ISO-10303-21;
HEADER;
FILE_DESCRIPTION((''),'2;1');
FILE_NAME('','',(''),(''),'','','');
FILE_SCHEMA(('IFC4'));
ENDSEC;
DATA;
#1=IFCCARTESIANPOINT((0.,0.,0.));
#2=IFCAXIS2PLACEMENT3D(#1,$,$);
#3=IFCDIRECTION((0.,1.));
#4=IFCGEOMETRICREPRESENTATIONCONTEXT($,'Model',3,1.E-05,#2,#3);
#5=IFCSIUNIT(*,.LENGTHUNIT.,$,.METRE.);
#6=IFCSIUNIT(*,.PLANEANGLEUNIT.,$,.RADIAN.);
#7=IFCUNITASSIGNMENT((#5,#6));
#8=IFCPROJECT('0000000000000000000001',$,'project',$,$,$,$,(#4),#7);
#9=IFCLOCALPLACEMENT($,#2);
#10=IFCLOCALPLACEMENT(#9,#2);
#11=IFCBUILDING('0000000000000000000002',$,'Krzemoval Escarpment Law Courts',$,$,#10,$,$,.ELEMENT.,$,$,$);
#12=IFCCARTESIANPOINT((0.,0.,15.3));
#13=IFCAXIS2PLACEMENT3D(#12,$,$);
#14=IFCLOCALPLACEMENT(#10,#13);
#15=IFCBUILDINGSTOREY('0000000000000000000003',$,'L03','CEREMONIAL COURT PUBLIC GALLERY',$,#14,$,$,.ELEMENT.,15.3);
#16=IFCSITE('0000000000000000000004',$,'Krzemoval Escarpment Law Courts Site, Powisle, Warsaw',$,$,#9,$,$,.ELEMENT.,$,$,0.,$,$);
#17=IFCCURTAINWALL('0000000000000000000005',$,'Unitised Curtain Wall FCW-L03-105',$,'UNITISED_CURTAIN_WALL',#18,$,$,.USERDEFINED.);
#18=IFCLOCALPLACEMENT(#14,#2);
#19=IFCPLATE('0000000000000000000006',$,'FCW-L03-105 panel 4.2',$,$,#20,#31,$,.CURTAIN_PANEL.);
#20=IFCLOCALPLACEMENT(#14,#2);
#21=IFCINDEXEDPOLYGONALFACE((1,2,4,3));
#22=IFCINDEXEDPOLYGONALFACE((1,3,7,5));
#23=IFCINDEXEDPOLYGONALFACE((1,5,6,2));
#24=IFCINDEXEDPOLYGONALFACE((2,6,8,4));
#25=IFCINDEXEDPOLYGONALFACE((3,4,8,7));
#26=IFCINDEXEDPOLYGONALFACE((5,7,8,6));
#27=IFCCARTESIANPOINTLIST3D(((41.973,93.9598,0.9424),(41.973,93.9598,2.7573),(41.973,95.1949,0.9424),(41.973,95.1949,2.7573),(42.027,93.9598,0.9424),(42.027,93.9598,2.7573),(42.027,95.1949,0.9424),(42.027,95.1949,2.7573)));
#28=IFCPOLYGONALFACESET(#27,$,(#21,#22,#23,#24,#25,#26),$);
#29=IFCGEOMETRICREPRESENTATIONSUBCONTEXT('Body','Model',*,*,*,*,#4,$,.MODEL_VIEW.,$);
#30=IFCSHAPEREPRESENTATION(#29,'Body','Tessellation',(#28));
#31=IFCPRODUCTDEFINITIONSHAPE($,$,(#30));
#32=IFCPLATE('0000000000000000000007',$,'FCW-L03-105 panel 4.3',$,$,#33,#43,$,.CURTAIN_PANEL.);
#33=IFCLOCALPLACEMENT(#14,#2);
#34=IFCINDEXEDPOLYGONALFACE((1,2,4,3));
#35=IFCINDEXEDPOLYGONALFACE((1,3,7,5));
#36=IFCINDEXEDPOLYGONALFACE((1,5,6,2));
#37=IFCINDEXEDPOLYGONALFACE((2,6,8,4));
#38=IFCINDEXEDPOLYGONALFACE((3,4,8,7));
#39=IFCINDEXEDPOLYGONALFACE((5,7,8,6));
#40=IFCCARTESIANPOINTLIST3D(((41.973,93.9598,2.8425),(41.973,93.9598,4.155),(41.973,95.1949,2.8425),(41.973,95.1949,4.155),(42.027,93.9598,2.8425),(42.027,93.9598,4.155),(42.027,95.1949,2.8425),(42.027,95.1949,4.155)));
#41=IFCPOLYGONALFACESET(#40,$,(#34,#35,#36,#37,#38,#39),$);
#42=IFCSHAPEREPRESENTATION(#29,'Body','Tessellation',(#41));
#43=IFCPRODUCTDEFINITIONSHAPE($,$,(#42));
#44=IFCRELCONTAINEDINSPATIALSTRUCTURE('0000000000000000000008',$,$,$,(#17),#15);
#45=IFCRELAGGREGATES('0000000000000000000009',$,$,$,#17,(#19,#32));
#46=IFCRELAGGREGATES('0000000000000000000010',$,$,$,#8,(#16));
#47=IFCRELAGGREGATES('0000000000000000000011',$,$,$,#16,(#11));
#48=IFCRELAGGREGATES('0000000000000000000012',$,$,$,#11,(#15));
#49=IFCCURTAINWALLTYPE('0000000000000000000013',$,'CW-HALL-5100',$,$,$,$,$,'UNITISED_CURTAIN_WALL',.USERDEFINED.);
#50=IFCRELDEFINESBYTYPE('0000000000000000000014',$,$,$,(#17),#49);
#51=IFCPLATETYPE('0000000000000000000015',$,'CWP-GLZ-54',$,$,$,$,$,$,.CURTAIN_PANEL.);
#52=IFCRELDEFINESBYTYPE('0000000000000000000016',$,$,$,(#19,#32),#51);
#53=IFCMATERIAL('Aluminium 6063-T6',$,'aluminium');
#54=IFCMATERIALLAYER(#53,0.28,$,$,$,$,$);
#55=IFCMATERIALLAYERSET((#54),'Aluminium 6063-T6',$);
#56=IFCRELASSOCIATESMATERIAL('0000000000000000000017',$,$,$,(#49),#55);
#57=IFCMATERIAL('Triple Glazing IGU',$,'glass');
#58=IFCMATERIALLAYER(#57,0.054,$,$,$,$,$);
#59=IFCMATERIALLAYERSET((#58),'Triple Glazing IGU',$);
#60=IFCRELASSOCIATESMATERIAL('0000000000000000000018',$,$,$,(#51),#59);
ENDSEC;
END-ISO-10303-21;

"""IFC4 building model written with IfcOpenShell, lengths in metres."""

from ifc_helpers import new_model, si_unit, direction, frame, origin, origin_2d, place, context, subcontext, project, spatial, rectangle, extrude, material, layer, layer_set, type_object, element, aggregate, save


model = new_model("IFC4")

# Units and contexts
model_context = context("Model", 3, precision=1e-05, world=origin(), true_north=direction((0.0, 1.0)))
body_context = subcontext(model_context, "Body", "Model", "MODEL_VIEW")
ifc_project = project(units=[si_unit("LENGTHUNIT", "METRE"), si_unit("PLANEANGLEUNIT", "RADIAN")], contexts=[model_context])

# Site, building, storey
site_placement = place(None, origin())
site = spatial("IfcSite", under=ifc_project, at=site_placement, Name="Krzemoval Escarpment Law Courts Site, Powisle, Warsaw", CompositionType="ELEMENT", RefElevation=0.0)
building_placement = place(site_placement, origin())
building = spatial("IfcBuilding", under=site, at=building_placement, Name="Krzemoval Escarpment Law Courts", CompositionType="ELEMENT")
storey_placement = place(building_placement, frame((0.0, 0.0, 15.3)))
storey = spatial("IfcBuildingStorey", under=building, at=storey_placement, Name="L03", Description="CEREMONIAL COURT PUBLIC GALLERY", CompositionType="ELEMENT", Elevation=15.3)

# Curtain wall
ifc_material_1 = material(Name="Aluminium 6063-T6", Category="aluminium")
ifc_layer_1 = layer(ifc_material_1, 0.28)
ifc_layer_set_1 = layer_set([ifc_layer_1], Name="Aluminium 6063-T6")
curtain_wall_type = type_object("IfcCurtainWallType", Name="CW-HALL-5100", ElementType="UNITISED_CURTAIN_WALL", PredefinedType="USERDEFINED", material=ifc_layer_set_1)
curtain_wall_1_placement = place(storey_placement, origin())
curtain_wall_1 = element("IfcCurtainWall", 1, at=curtain_wall_1_placement, inside=storey, type_object=curtain_wall_type, Name="Unitised Curtain Wall FCW-L03-105", ObjectType="UNITISED_CURTAIN_WALL", PredefinedType="USERDEFINED")

# Plates
ifc_material_2 = material(Name="Triple Glazing IGU", Category="glass")
ifc_layer_2 = layer(ifc_material_2, 0.054)
ifc_layer_set_2 = layer_set([ifc_layer_2], Name="Triple Glazing IGU")
plate_type = type_object("IfcPlateType", Name="CWP-GLZ-54", PredefinedType="CURTAIN_PANEL", material=ifc_layer_set_2)
plate_1_placement = place(storey_placement, frame((42.0, 94.5774, 0.9424), z_axis=(0.0, 0.0, 1.0), x_axis=(0.0, -1.0, 0.0)))
plate_1 = element("IfcPlate", 2, at=plate_1_placement, type_object=plate_type, Name="FCW-L03-105 panel 4.2", PredefinedType="CURTAIN_PANEL", context=body_context, shape_type="SweptSolid", body=[
    extrude(rectangle(XDim=1.2351, YDim=0.054, at=origin_2d()), origin(), (0.0, 0.0, 1.0), 1.8149),
])
plate_2_placement = place(storey_placement, frame((42.0, 94.5774, 2.8425), z_axis=(0.0, 0.0, 1.0), x_axis=(0.0, -1.0, 0.0)))
plate_2 = element("IfcPlate", 3, at=plate_2_placement, type_object=plate_type, Name="FCW-L03-105 panel 4.3", PredefinedType="CURTAIN_PANEL", context=body_context, shape_type="SweptSolid", body=[
    extrude(rectangle(XDim=1.2351, YDim=0.054, at=origin_2d()), origin(), (0.0, 0.0, 1.0), 1.3125),
])
aggregate(curtain_wall_1, [plate_1, plate_2])

save(model, "model.ifc")
